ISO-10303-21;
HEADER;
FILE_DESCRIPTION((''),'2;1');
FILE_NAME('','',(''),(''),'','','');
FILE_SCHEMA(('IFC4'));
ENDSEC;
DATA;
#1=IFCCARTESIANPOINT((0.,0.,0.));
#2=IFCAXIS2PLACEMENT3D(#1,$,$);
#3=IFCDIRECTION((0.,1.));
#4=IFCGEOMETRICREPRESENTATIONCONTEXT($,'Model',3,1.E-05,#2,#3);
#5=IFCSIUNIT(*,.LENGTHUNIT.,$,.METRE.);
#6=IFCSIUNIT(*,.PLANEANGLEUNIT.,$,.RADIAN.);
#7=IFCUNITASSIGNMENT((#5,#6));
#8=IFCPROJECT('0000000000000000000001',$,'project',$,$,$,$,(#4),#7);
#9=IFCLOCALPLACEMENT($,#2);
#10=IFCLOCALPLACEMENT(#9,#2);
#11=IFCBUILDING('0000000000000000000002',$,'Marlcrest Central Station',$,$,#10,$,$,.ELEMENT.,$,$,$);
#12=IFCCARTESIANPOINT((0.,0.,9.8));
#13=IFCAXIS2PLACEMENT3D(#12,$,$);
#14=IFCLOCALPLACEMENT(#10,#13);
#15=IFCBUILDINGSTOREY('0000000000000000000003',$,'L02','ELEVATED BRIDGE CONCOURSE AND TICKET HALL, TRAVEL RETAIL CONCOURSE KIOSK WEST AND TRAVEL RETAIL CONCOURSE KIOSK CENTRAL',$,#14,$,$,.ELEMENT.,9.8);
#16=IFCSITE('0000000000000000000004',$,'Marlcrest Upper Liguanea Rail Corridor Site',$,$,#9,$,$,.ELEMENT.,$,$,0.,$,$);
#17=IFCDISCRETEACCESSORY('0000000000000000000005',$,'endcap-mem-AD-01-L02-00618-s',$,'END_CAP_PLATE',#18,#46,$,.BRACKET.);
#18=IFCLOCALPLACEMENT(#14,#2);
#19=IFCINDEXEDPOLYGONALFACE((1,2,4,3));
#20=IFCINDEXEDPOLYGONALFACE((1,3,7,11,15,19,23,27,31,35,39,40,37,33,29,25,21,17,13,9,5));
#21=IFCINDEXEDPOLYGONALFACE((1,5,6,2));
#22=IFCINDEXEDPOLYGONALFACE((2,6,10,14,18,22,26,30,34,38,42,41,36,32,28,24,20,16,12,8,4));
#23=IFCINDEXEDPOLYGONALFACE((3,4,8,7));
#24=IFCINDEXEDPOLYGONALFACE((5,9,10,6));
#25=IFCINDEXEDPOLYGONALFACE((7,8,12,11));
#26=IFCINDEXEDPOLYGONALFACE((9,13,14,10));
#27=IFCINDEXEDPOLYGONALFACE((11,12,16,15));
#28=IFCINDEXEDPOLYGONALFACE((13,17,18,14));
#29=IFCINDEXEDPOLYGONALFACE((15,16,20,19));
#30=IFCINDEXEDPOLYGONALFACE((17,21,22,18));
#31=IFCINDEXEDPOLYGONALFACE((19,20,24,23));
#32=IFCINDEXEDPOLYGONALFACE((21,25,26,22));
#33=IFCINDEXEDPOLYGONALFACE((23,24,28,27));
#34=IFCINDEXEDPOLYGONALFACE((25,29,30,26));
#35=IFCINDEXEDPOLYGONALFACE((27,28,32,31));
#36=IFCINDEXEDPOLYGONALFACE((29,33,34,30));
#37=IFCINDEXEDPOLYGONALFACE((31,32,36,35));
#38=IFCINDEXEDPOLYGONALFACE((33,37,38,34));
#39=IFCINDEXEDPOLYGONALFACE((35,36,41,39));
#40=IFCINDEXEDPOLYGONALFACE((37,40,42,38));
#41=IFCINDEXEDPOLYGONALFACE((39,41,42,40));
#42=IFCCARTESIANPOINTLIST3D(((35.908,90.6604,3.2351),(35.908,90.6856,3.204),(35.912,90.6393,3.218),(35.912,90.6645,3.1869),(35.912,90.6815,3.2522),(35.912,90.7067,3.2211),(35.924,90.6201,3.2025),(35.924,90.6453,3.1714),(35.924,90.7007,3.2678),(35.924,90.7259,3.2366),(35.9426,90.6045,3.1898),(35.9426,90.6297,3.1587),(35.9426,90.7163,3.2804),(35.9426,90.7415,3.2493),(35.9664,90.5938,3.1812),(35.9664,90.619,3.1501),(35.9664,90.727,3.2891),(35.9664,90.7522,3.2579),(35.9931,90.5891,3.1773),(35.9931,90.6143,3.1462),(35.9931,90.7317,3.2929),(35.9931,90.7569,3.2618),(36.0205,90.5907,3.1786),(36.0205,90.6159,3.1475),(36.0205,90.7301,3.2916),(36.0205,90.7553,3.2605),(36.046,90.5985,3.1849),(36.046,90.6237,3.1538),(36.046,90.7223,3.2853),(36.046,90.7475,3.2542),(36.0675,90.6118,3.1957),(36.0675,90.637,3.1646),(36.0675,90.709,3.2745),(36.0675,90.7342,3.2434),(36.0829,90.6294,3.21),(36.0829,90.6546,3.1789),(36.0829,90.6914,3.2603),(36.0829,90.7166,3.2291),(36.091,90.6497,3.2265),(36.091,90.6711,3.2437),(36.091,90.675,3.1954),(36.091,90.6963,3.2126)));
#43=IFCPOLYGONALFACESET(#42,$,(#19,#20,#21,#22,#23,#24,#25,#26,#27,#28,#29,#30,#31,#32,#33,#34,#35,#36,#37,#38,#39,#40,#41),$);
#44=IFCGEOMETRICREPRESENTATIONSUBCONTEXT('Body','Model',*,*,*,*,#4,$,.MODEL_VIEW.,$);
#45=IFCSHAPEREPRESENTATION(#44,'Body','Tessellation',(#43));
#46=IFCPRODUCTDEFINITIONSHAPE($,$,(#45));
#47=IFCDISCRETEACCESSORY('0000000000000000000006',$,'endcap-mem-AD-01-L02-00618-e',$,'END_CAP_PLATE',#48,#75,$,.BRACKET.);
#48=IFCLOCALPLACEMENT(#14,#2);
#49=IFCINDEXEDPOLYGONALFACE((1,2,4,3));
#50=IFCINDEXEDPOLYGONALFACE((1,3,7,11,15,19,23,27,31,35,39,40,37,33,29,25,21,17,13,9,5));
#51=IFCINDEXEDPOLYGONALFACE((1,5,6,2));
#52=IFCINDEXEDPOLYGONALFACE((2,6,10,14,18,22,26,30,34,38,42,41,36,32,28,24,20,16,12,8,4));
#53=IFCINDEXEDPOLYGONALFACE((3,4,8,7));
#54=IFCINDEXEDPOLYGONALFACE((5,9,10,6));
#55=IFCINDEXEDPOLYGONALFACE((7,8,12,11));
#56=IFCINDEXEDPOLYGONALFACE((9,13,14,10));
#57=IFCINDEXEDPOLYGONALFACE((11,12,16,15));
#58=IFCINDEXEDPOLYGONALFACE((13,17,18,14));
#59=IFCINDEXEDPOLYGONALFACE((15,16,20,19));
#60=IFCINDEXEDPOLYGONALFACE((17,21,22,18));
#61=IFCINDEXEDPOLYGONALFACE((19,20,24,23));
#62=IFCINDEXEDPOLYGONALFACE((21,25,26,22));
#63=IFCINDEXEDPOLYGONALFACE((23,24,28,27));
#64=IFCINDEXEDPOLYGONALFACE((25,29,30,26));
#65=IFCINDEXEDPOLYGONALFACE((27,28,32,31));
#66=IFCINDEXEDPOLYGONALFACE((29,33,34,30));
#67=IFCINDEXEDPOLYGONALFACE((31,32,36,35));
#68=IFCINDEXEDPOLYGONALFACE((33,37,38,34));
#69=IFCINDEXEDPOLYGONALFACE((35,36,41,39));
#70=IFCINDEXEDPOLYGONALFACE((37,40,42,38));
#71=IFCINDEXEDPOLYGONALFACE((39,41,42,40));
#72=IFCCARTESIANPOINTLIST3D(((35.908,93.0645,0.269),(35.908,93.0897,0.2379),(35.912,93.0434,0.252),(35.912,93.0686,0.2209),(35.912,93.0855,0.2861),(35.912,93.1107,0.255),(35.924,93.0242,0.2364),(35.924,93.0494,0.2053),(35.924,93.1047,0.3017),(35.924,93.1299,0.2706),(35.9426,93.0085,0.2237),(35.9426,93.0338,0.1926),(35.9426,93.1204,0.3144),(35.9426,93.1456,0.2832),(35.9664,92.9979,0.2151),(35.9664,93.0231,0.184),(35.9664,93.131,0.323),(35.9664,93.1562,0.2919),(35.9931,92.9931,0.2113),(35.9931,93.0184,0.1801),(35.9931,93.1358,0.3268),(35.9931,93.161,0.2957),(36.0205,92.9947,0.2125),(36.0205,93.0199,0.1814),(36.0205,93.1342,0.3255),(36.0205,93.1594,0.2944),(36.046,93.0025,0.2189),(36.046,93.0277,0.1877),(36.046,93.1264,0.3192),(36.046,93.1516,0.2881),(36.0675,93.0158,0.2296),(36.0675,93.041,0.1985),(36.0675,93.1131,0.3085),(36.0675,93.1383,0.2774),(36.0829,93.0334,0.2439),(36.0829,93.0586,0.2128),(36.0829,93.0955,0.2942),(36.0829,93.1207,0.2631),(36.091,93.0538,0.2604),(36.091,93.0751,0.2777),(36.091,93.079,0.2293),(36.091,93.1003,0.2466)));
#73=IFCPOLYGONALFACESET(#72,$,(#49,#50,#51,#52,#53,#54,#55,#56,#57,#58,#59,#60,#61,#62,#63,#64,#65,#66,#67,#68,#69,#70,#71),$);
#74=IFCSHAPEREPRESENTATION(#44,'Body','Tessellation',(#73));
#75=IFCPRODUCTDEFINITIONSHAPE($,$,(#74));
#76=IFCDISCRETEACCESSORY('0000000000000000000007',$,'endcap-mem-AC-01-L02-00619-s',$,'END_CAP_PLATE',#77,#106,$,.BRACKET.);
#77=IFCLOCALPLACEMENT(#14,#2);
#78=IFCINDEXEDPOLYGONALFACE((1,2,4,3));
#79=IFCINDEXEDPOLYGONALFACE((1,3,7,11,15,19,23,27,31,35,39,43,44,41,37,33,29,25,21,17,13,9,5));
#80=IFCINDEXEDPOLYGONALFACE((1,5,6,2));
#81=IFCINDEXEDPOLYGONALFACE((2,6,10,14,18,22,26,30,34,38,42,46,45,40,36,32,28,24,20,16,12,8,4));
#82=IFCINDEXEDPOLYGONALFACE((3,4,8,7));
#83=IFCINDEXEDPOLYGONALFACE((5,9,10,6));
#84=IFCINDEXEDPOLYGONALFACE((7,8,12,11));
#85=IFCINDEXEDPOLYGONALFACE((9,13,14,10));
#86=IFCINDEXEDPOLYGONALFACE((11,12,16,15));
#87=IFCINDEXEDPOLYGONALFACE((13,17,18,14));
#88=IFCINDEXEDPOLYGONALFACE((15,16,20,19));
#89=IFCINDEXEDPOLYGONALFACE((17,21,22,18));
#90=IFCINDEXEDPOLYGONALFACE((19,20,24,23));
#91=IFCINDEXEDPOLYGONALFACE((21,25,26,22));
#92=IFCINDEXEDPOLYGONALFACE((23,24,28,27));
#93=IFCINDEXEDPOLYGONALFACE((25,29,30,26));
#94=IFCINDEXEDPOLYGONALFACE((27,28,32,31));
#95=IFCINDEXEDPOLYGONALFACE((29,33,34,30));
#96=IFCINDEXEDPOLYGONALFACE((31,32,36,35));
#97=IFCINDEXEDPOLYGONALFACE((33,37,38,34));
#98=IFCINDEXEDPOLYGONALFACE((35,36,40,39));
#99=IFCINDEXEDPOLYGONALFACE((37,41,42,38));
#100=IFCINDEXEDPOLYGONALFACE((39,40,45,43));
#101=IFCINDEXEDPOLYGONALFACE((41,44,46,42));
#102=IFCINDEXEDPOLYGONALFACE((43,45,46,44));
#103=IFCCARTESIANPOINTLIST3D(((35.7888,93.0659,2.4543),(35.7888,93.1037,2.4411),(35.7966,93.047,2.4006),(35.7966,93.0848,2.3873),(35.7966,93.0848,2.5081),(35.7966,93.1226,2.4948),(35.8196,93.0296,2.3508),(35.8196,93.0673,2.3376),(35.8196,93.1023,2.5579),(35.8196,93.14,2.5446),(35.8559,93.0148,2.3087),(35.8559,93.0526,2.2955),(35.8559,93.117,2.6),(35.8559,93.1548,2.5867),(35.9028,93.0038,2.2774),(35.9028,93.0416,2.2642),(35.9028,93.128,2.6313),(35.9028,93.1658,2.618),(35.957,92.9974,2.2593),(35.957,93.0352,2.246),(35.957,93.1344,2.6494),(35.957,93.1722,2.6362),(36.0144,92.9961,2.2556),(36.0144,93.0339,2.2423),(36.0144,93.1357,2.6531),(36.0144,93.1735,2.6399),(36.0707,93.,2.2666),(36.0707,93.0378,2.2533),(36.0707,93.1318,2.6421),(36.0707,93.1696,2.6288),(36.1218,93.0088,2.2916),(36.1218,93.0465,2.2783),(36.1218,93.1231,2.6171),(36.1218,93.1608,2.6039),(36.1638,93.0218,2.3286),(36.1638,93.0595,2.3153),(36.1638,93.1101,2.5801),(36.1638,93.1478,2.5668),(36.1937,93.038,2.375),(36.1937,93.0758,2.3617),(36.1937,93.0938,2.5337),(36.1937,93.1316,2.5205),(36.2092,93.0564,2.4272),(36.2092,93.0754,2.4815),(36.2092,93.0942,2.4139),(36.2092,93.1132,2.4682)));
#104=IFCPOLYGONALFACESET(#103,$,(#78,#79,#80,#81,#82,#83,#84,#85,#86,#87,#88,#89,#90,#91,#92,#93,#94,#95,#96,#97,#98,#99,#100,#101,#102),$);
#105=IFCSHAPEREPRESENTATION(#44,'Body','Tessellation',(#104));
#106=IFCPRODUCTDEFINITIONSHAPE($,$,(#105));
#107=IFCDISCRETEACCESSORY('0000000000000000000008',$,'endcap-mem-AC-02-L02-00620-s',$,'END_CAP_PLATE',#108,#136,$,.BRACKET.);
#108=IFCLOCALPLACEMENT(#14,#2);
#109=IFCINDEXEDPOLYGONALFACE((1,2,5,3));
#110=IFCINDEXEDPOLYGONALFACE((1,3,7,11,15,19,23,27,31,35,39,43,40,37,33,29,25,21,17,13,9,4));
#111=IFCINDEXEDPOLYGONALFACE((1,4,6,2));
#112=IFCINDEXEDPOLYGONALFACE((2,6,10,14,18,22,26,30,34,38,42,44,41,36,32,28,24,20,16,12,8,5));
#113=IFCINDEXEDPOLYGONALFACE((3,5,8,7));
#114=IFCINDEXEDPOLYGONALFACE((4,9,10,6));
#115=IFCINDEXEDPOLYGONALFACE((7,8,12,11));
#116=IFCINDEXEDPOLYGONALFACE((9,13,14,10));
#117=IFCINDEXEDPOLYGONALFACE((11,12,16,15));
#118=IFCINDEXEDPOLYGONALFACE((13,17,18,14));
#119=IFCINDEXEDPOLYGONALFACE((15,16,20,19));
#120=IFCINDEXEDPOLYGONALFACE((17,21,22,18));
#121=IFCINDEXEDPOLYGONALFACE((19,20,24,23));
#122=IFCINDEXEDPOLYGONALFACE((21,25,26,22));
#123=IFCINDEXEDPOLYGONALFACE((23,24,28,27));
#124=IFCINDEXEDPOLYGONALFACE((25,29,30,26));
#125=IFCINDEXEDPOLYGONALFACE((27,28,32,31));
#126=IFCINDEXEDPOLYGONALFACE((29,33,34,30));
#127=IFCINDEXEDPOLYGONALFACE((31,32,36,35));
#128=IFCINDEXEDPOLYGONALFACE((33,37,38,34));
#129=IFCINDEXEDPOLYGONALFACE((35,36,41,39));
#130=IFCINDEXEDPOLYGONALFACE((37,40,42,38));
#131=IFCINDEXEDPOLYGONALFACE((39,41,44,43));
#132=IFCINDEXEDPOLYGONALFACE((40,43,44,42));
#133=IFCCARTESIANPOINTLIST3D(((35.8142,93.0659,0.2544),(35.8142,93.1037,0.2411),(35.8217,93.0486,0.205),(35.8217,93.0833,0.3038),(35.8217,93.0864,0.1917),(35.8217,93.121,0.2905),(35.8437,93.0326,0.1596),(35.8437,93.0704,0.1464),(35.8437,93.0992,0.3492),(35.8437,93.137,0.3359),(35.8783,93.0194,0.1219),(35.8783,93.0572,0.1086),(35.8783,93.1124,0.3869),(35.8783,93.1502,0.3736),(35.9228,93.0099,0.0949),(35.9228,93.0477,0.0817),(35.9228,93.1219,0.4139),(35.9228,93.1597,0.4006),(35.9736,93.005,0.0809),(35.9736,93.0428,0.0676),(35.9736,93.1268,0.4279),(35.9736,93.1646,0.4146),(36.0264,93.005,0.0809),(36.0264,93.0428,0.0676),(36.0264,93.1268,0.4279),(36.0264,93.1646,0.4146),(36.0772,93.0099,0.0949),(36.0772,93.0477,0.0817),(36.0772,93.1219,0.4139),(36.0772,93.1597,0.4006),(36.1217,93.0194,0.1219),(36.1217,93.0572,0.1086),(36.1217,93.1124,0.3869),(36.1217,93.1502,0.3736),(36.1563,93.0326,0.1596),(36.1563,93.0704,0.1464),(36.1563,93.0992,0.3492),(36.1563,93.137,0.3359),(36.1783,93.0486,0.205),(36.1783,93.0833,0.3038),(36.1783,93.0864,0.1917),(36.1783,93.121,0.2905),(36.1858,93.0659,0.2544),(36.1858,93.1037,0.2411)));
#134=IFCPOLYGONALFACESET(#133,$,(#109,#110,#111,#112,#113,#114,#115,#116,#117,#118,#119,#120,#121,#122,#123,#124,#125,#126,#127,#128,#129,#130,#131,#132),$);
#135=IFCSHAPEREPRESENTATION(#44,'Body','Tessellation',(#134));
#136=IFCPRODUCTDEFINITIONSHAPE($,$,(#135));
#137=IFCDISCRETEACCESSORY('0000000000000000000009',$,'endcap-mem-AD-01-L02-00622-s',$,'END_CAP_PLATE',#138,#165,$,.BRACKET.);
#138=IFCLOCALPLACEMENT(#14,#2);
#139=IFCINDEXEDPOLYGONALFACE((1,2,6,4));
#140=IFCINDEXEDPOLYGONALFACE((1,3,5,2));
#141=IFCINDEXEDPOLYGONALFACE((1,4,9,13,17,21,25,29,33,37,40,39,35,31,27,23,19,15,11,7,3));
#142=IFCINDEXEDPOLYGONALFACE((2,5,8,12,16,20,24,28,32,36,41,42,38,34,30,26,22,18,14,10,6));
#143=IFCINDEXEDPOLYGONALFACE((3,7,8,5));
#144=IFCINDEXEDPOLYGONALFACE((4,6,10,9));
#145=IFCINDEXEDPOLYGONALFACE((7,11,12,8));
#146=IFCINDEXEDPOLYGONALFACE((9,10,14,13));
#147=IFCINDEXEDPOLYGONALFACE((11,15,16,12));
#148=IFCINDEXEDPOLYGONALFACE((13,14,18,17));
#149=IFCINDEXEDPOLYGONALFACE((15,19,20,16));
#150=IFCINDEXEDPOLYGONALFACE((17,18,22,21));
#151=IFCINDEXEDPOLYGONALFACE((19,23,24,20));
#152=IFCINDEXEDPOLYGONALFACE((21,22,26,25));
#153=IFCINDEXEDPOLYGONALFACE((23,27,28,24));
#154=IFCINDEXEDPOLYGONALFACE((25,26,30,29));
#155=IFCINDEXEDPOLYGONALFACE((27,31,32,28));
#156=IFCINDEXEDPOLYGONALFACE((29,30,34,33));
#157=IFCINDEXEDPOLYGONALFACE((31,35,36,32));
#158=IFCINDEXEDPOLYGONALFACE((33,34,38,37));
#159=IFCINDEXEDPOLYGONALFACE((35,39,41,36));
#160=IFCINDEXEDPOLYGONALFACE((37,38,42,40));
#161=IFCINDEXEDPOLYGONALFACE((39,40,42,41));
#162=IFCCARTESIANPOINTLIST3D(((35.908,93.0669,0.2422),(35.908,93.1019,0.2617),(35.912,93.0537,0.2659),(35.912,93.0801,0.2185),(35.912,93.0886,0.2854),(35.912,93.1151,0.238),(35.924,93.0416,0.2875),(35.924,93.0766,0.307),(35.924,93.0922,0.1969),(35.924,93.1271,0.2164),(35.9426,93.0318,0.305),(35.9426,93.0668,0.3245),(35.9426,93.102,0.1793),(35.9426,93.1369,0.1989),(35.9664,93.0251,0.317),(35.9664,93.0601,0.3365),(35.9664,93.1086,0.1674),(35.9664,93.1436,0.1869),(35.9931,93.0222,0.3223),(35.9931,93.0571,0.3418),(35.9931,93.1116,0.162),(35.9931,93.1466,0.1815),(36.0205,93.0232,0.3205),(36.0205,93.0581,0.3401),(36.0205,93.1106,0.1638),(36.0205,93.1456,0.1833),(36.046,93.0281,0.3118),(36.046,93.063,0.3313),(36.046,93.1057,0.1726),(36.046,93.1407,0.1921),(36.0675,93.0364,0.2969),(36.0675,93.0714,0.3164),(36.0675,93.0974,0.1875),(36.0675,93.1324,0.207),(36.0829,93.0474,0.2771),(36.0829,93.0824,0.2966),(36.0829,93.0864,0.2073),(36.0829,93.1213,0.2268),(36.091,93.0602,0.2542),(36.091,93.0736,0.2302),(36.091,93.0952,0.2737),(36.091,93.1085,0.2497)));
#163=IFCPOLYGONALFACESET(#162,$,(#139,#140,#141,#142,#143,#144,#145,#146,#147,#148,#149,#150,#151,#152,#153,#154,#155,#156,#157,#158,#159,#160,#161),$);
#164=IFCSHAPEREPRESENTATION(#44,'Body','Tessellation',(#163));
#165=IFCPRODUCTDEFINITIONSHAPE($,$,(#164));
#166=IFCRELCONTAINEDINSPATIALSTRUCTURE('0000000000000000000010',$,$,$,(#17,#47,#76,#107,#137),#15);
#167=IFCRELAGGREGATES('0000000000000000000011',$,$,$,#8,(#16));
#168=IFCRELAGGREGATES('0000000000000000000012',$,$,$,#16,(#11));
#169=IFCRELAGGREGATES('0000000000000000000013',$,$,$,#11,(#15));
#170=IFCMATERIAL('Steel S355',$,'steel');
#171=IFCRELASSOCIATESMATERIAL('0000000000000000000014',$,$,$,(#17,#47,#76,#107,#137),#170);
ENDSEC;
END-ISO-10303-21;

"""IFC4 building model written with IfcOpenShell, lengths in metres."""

from ifc_helpers import new_model, si_unit, direction, frame, origin, origin_2d, place, context, subcontext, project, spatial, circle, extrude, material, element, save


model = new_model("IFC4")

# Units and contexts
model_context = context("Model", 3, precision=1e-05, world=origin(), true_north=direction((0.0, 1.0)))
body_context = subcontext(model_context, "Body", "Model", "MODEL_VIEW")
ifc_project = project(units=[si_unit("LENGTHUNIT", "METRE"), si_unit("PLANEANGLEUNIT", "RADIAN")], contexts=[model_context])

# Site, building, storey
site_placement = place(None, origin())
site = spatial("IfcSite", under=ifc_project, at=site_placement, Name="Marlcrest Upper Liguanea Rail Corridor Site", CompositionType="ELEMENT", RefElevation=0.0)
building_placement = place(site_placement, origin())
building = spatial("IfcBuilding", under=site, at=building_placement, Name="Marlcrest Central Station", CompositionType="ELEMENT")
storey_placement = place(building_placement, frame((0.0, 0.0, 9.8)))
storey = spatial("IfcBuildingStorey", under=building, at=storey_placement, Name="L02", Description="ELEVATED BRIDGE CONCOURSE AND TICKET HALL, TRAVEL RETAIL CONCOURSE KIOSK WEST AND TRAVEL RETAIL CONCOURSE KIOSK CENTRAL", CompositionType="ELEMENT", Elevation=9.8)

# Shared definitions
ifc_material_1 = material(Name="Steel S355", Category="steel")

# Discrete accessories
for number, where, z_axis, x_axis, name in (
    (1, (36.0, 90.6604, 3.2351), (0.0, 0.629629, -0.776896), (-1.0, 0.0, 0.0), "endcap-mem-AD-01-L02-00618-s"),
    (2, (36.0, 93.0645, 0.269), (0.0, 0.629629, -0.776896), (-1.0, 0.0, 0.0), "endcap-mem-AD-01-L02-00618-e"),
):
    element("IfcDiscreteAccessory", number, at=place(storey_placement, frame(where, z_axis=z_axis, x_axis=x_axis)), inside=storey, material=ifc_material_1, Name=name, ObjectType="END_CAP_PLATE", PredefinedType="BRACKET", context=body_context, shape_type="SweptSolid", body=[
        extrude(circle(Radius=0.092, at=origin_2d()), origin(), (0.0, 0.0, 1.0), 0.04),
    ])
discrete_accessory_1_placement = place(storey_placement, frame((36.0, 93.0659, 2.4543), z_axis=(0.0, 0.943537, -0.331266), x_axis=(-1.0, 0.0, 0.0)))
element("IfcDiscreteAccessory", 3, at=discrete_accessory_1_placement, inside=storey, material=ifc_material_1, Name="endcap-mem-AC-01-L02-00619-s", ObjectType="END_CAP_PLATE", PredefinedType="BRACKET", context=body_context, shape_type="SweptSolid", body=[
    extrude(circle(Radius=0.2112, at=origin_2d()), origin(), (0.0, 0.0, 1.0), 0.04),
])
discrete_accessory_2_placement = place(storey_placement, frame((36.0, 93.0659, 0.2544), z_axis=(0.0, 0.943537, -0.331266), x_axis=(-1.0, 0.0, 0.0)))
element("IfcDiscreteAccessory", 4, at=discrete_accessory_2_placement, inside=storey, material=ifc_material_1, Name="endcap-mem-AC-02-L02-00620-s", ObjectType="END_CAP_PLATE", PredefinedType="BRACKET", context=body_context, shape_type="SweptSolid", body=[
    extrude(circle(Radius=0.1858, at=origin_2d()), origin(), (0.0, 0.0, 1.0), 0.04),
])
discrete_accessory_3_placement = place(storey_placement, frame((36.0, 93.0669, 0.2422), z_axis=(0.0, 0.873246, 0.48728), x_axis=(-1.0, 0.0, 0.0)))
element("IfcDiscreteAccessory", 5, at=discrete_accessory_3_placement, inside=storey, material=ifc_material_1, Name="endcap-mem-AD-01-L02-00622-s", ObjectType="END_CAP_PLATE", PredefinedType="BRACKET", context=body_context, shape_type="SweptSolid", body=[
    extrude(circle(Radius=0.092, at=origin_2d()), origin(), (0.0, 0.0, 1.0), 0.04),
])

save(model, "model.ifc")
